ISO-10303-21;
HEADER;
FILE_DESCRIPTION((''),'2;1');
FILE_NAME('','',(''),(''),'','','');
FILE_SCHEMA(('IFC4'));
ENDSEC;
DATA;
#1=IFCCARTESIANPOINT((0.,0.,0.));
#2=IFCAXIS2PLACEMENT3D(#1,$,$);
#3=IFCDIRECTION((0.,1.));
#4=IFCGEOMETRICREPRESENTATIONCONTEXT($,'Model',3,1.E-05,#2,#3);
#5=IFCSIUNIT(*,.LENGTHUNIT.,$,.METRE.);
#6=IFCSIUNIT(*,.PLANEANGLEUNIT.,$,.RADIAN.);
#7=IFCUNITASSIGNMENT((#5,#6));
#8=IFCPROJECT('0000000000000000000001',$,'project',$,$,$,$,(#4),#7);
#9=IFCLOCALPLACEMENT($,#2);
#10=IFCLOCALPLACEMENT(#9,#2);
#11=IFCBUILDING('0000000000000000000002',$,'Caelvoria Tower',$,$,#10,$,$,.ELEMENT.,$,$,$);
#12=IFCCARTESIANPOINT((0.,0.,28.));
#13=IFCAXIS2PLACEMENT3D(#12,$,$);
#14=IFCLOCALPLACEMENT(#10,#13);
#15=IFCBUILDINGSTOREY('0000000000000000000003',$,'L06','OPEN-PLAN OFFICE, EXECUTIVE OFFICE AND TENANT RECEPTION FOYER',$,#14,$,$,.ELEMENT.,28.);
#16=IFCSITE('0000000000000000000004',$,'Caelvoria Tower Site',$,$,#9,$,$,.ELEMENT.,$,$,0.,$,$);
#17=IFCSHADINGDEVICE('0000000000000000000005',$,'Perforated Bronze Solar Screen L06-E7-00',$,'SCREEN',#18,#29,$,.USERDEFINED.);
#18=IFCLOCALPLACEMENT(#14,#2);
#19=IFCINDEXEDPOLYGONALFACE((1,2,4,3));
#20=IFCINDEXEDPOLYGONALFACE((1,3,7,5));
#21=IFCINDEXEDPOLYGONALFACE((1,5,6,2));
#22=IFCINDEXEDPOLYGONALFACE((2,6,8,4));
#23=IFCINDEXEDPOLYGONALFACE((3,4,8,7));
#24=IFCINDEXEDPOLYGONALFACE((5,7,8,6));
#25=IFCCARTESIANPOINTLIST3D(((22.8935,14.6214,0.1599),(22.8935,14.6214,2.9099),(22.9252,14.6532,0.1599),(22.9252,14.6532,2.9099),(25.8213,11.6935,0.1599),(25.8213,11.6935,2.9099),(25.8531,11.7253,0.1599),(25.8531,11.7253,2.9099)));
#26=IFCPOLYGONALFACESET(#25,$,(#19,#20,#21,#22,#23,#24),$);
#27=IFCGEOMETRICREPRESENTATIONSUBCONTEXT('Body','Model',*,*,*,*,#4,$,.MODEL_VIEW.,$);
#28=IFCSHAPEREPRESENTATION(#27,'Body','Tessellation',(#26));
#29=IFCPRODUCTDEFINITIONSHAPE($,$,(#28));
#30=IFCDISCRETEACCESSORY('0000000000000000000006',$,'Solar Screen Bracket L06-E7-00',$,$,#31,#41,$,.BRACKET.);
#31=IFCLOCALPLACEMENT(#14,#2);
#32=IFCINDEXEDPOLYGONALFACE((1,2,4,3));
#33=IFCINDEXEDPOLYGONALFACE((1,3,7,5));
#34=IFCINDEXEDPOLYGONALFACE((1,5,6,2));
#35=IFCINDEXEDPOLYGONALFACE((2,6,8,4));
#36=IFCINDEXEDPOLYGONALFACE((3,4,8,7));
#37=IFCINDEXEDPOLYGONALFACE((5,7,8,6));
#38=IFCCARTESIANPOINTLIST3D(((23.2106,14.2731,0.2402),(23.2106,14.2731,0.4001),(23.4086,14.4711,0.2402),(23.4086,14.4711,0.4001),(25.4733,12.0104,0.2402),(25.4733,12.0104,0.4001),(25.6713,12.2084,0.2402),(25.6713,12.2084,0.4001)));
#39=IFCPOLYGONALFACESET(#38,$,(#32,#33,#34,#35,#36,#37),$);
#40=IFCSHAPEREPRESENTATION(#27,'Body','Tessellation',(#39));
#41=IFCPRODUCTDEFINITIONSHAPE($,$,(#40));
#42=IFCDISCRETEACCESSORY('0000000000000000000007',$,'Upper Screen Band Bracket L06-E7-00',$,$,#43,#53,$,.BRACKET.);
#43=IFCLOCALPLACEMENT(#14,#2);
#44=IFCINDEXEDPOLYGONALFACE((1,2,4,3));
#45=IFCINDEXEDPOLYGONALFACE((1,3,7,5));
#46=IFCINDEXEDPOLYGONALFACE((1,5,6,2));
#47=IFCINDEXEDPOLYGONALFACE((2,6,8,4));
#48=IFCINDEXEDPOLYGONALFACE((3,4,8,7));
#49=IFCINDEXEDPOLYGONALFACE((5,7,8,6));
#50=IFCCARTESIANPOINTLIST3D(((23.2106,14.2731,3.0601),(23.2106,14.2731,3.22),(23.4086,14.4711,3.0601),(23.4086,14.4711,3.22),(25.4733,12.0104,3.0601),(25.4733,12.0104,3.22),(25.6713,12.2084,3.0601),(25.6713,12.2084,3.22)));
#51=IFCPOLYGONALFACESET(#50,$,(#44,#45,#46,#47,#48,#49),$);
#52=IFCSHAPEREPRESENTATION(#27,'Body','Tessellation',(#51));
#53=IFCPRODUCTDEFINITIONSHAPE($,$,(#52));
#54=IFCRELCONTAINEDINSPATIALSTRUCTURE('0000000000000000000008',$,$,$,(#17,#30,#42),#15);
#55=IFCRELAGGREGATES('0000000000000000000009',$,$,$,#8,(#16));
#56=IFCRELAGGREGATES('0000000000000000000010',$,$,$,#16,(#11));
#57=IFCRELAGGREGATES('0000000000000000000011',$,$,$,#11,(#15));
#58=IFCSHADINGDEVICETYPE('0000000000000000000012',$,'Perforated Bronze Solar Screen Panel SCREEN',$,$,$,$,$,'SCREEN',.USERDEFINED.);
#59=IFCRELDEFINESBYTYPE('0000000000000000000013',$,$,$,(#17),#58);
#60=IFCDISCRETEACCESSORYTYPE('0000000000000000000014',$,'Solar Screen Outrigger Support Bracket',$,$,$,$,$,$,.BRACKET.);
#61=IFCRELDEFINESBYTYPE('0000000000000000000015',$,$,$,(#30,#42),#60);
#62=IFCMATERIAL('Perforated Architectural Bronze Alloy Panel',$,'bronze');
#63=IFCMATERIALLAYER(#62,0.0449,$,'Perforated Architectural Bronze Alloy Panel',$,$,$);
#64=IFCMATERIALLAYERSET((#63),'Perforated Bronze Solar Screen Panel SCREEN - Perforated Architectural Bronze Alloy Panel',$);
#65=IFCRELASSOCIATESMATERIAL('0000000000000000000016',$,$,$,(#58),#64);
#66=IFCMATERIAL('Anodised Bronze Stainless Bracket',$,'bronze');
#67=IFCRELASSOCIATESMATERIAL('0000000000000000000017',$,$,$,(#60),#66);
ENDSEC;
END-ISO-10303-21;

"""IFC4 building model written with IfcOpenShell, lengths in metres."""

from ifc_helpers import new_model, si_unit, direction, frame, origin, origin_2d, place, context, subcontext, project, spatial, rectangle, extrude, material, layer, layer_set, type_object, element, save


model = new_model("IFC4")

# Units and contexts
model_context = context("Model", 3, precision=1e-05, world=origin(), true_north=direction((0.0, 1.0)))
body_context = subcontext(model_context, "Body", "Model", "MODEL_VIEW")
ifc_project = project(units=[si_unit("LENGTHUNIT", "METRE"), si_unit("PLANEANGLEUNIT", "RADIAN")], contexts=[model_context])

# Site, building, storey
site_placement = place(None, origin())
site = spatial("IfcSite", under=ifc_project, at=site_placement, Name="Caelvoria Tower Site", CompositionType="ELEMENT", RefElevation=0.0)
building_placement = place(site_placement, origin())
building = spatial("IfcBuilding", under=site, at=building_placement, Name="Caelvoria Tower", CompositionType="ELEMENT")
storey_placement = place(building_placement, frame((0.0, 0.0, 28.0)))
storey = spatial("IfcBuildingStorey", under=building, at=storey_placement, Name="L06", Description="OPEN-PLAN OFFICE, EXECUTIVE OFFICE AND TENANT RECEPTION FOYER", CompositionType="ELEMENT", Elevation=28.0)

# Shading device
ifc_material_1 = material(Name="Perforated Architectural Bronze Alloy Panel", Category="bronze")
ifc_layer_1 = layer(ifc_material_1, 0.0449, Name="Perforated Architectural Bronze Alloy Panel")
ifc_layer_set_1 = layer_set([ifc_layer_1], Name="Perforated Bronze Solar Screen Panel SCREEN - Perforated Architectural Bronze Alloy Panel")
shading_device_type = type_object("IfcShadingDeviceType", Name="Perforated Bronze Solar Screen Panel SCREEN", ElementType="SCREEN", PredefinedType="USERDEFINED", material=ifc_layer_set_1)
shading_device_placement = place(storey_placement, frame((24.3733, 13.1733, 0.1599), z_axis=(0.0, 0.0, 1.0), x_axis=(0.707107, -0.707107, 0.0)))
element("IfcShadingDevice", 1, at=shading_device_placement, inside=storey, type_object=shading_device_type, Name="Perforated Bronze Solar Screen L06-E7-00", ObjectType="SCREEN", PredefinedType="USERDEFINED", context=body_context, shape_type="SweptSolid", body=[
    extrude(rectangle(XDim=4.1406, YDim=0.0449, at=origin_2d()), origin(), (0.0, 0.0, 1.0), 2.75),
])

# Discrete accessories
ifc_material_2 = material(Name="Anodised Bronze Stainless Bracket", Category="bronze")
discrete_accessory_type = type_object("IfcDiscreteAccessoryType", Name="Solar Screen Outrigger Support Bracket", PredefinedType="BRACKET", material=ifc_material_2)
for number, where, z_axis, x_axis, name in (
    (2, (24.4409, 13.2407, 0.2402), (0.0, 0.0, 1.0), (0.707107, -0.707107, 0.0), "Solar Screen Bracket L06-E7-00"),
    (3, (24.4409, 13.2407, 3.0601), (0.0, 0.0, 1.0), (0.707107, -0.707107, 0.0), "Upper Screen Band Bracket L06-E7-00"),
):
    element("IfcDiscreteAccessory", number, at=place(storey_placement, frame(where, z_axis=z_axis, x_axis=x_axis)), inside=storey, type_object=discrete_accessory_type, Name=name, PredefinedType="BRACKET", context=body_context, shape_type="SweptSolid", body=[
        extrude(rectangle(XDim=3.2, YDim=0.28, at=origin_2d()), origin(), (0.0, 0.0, 1.0), 0.1599),
    ])

save(model, "model.ifc")
